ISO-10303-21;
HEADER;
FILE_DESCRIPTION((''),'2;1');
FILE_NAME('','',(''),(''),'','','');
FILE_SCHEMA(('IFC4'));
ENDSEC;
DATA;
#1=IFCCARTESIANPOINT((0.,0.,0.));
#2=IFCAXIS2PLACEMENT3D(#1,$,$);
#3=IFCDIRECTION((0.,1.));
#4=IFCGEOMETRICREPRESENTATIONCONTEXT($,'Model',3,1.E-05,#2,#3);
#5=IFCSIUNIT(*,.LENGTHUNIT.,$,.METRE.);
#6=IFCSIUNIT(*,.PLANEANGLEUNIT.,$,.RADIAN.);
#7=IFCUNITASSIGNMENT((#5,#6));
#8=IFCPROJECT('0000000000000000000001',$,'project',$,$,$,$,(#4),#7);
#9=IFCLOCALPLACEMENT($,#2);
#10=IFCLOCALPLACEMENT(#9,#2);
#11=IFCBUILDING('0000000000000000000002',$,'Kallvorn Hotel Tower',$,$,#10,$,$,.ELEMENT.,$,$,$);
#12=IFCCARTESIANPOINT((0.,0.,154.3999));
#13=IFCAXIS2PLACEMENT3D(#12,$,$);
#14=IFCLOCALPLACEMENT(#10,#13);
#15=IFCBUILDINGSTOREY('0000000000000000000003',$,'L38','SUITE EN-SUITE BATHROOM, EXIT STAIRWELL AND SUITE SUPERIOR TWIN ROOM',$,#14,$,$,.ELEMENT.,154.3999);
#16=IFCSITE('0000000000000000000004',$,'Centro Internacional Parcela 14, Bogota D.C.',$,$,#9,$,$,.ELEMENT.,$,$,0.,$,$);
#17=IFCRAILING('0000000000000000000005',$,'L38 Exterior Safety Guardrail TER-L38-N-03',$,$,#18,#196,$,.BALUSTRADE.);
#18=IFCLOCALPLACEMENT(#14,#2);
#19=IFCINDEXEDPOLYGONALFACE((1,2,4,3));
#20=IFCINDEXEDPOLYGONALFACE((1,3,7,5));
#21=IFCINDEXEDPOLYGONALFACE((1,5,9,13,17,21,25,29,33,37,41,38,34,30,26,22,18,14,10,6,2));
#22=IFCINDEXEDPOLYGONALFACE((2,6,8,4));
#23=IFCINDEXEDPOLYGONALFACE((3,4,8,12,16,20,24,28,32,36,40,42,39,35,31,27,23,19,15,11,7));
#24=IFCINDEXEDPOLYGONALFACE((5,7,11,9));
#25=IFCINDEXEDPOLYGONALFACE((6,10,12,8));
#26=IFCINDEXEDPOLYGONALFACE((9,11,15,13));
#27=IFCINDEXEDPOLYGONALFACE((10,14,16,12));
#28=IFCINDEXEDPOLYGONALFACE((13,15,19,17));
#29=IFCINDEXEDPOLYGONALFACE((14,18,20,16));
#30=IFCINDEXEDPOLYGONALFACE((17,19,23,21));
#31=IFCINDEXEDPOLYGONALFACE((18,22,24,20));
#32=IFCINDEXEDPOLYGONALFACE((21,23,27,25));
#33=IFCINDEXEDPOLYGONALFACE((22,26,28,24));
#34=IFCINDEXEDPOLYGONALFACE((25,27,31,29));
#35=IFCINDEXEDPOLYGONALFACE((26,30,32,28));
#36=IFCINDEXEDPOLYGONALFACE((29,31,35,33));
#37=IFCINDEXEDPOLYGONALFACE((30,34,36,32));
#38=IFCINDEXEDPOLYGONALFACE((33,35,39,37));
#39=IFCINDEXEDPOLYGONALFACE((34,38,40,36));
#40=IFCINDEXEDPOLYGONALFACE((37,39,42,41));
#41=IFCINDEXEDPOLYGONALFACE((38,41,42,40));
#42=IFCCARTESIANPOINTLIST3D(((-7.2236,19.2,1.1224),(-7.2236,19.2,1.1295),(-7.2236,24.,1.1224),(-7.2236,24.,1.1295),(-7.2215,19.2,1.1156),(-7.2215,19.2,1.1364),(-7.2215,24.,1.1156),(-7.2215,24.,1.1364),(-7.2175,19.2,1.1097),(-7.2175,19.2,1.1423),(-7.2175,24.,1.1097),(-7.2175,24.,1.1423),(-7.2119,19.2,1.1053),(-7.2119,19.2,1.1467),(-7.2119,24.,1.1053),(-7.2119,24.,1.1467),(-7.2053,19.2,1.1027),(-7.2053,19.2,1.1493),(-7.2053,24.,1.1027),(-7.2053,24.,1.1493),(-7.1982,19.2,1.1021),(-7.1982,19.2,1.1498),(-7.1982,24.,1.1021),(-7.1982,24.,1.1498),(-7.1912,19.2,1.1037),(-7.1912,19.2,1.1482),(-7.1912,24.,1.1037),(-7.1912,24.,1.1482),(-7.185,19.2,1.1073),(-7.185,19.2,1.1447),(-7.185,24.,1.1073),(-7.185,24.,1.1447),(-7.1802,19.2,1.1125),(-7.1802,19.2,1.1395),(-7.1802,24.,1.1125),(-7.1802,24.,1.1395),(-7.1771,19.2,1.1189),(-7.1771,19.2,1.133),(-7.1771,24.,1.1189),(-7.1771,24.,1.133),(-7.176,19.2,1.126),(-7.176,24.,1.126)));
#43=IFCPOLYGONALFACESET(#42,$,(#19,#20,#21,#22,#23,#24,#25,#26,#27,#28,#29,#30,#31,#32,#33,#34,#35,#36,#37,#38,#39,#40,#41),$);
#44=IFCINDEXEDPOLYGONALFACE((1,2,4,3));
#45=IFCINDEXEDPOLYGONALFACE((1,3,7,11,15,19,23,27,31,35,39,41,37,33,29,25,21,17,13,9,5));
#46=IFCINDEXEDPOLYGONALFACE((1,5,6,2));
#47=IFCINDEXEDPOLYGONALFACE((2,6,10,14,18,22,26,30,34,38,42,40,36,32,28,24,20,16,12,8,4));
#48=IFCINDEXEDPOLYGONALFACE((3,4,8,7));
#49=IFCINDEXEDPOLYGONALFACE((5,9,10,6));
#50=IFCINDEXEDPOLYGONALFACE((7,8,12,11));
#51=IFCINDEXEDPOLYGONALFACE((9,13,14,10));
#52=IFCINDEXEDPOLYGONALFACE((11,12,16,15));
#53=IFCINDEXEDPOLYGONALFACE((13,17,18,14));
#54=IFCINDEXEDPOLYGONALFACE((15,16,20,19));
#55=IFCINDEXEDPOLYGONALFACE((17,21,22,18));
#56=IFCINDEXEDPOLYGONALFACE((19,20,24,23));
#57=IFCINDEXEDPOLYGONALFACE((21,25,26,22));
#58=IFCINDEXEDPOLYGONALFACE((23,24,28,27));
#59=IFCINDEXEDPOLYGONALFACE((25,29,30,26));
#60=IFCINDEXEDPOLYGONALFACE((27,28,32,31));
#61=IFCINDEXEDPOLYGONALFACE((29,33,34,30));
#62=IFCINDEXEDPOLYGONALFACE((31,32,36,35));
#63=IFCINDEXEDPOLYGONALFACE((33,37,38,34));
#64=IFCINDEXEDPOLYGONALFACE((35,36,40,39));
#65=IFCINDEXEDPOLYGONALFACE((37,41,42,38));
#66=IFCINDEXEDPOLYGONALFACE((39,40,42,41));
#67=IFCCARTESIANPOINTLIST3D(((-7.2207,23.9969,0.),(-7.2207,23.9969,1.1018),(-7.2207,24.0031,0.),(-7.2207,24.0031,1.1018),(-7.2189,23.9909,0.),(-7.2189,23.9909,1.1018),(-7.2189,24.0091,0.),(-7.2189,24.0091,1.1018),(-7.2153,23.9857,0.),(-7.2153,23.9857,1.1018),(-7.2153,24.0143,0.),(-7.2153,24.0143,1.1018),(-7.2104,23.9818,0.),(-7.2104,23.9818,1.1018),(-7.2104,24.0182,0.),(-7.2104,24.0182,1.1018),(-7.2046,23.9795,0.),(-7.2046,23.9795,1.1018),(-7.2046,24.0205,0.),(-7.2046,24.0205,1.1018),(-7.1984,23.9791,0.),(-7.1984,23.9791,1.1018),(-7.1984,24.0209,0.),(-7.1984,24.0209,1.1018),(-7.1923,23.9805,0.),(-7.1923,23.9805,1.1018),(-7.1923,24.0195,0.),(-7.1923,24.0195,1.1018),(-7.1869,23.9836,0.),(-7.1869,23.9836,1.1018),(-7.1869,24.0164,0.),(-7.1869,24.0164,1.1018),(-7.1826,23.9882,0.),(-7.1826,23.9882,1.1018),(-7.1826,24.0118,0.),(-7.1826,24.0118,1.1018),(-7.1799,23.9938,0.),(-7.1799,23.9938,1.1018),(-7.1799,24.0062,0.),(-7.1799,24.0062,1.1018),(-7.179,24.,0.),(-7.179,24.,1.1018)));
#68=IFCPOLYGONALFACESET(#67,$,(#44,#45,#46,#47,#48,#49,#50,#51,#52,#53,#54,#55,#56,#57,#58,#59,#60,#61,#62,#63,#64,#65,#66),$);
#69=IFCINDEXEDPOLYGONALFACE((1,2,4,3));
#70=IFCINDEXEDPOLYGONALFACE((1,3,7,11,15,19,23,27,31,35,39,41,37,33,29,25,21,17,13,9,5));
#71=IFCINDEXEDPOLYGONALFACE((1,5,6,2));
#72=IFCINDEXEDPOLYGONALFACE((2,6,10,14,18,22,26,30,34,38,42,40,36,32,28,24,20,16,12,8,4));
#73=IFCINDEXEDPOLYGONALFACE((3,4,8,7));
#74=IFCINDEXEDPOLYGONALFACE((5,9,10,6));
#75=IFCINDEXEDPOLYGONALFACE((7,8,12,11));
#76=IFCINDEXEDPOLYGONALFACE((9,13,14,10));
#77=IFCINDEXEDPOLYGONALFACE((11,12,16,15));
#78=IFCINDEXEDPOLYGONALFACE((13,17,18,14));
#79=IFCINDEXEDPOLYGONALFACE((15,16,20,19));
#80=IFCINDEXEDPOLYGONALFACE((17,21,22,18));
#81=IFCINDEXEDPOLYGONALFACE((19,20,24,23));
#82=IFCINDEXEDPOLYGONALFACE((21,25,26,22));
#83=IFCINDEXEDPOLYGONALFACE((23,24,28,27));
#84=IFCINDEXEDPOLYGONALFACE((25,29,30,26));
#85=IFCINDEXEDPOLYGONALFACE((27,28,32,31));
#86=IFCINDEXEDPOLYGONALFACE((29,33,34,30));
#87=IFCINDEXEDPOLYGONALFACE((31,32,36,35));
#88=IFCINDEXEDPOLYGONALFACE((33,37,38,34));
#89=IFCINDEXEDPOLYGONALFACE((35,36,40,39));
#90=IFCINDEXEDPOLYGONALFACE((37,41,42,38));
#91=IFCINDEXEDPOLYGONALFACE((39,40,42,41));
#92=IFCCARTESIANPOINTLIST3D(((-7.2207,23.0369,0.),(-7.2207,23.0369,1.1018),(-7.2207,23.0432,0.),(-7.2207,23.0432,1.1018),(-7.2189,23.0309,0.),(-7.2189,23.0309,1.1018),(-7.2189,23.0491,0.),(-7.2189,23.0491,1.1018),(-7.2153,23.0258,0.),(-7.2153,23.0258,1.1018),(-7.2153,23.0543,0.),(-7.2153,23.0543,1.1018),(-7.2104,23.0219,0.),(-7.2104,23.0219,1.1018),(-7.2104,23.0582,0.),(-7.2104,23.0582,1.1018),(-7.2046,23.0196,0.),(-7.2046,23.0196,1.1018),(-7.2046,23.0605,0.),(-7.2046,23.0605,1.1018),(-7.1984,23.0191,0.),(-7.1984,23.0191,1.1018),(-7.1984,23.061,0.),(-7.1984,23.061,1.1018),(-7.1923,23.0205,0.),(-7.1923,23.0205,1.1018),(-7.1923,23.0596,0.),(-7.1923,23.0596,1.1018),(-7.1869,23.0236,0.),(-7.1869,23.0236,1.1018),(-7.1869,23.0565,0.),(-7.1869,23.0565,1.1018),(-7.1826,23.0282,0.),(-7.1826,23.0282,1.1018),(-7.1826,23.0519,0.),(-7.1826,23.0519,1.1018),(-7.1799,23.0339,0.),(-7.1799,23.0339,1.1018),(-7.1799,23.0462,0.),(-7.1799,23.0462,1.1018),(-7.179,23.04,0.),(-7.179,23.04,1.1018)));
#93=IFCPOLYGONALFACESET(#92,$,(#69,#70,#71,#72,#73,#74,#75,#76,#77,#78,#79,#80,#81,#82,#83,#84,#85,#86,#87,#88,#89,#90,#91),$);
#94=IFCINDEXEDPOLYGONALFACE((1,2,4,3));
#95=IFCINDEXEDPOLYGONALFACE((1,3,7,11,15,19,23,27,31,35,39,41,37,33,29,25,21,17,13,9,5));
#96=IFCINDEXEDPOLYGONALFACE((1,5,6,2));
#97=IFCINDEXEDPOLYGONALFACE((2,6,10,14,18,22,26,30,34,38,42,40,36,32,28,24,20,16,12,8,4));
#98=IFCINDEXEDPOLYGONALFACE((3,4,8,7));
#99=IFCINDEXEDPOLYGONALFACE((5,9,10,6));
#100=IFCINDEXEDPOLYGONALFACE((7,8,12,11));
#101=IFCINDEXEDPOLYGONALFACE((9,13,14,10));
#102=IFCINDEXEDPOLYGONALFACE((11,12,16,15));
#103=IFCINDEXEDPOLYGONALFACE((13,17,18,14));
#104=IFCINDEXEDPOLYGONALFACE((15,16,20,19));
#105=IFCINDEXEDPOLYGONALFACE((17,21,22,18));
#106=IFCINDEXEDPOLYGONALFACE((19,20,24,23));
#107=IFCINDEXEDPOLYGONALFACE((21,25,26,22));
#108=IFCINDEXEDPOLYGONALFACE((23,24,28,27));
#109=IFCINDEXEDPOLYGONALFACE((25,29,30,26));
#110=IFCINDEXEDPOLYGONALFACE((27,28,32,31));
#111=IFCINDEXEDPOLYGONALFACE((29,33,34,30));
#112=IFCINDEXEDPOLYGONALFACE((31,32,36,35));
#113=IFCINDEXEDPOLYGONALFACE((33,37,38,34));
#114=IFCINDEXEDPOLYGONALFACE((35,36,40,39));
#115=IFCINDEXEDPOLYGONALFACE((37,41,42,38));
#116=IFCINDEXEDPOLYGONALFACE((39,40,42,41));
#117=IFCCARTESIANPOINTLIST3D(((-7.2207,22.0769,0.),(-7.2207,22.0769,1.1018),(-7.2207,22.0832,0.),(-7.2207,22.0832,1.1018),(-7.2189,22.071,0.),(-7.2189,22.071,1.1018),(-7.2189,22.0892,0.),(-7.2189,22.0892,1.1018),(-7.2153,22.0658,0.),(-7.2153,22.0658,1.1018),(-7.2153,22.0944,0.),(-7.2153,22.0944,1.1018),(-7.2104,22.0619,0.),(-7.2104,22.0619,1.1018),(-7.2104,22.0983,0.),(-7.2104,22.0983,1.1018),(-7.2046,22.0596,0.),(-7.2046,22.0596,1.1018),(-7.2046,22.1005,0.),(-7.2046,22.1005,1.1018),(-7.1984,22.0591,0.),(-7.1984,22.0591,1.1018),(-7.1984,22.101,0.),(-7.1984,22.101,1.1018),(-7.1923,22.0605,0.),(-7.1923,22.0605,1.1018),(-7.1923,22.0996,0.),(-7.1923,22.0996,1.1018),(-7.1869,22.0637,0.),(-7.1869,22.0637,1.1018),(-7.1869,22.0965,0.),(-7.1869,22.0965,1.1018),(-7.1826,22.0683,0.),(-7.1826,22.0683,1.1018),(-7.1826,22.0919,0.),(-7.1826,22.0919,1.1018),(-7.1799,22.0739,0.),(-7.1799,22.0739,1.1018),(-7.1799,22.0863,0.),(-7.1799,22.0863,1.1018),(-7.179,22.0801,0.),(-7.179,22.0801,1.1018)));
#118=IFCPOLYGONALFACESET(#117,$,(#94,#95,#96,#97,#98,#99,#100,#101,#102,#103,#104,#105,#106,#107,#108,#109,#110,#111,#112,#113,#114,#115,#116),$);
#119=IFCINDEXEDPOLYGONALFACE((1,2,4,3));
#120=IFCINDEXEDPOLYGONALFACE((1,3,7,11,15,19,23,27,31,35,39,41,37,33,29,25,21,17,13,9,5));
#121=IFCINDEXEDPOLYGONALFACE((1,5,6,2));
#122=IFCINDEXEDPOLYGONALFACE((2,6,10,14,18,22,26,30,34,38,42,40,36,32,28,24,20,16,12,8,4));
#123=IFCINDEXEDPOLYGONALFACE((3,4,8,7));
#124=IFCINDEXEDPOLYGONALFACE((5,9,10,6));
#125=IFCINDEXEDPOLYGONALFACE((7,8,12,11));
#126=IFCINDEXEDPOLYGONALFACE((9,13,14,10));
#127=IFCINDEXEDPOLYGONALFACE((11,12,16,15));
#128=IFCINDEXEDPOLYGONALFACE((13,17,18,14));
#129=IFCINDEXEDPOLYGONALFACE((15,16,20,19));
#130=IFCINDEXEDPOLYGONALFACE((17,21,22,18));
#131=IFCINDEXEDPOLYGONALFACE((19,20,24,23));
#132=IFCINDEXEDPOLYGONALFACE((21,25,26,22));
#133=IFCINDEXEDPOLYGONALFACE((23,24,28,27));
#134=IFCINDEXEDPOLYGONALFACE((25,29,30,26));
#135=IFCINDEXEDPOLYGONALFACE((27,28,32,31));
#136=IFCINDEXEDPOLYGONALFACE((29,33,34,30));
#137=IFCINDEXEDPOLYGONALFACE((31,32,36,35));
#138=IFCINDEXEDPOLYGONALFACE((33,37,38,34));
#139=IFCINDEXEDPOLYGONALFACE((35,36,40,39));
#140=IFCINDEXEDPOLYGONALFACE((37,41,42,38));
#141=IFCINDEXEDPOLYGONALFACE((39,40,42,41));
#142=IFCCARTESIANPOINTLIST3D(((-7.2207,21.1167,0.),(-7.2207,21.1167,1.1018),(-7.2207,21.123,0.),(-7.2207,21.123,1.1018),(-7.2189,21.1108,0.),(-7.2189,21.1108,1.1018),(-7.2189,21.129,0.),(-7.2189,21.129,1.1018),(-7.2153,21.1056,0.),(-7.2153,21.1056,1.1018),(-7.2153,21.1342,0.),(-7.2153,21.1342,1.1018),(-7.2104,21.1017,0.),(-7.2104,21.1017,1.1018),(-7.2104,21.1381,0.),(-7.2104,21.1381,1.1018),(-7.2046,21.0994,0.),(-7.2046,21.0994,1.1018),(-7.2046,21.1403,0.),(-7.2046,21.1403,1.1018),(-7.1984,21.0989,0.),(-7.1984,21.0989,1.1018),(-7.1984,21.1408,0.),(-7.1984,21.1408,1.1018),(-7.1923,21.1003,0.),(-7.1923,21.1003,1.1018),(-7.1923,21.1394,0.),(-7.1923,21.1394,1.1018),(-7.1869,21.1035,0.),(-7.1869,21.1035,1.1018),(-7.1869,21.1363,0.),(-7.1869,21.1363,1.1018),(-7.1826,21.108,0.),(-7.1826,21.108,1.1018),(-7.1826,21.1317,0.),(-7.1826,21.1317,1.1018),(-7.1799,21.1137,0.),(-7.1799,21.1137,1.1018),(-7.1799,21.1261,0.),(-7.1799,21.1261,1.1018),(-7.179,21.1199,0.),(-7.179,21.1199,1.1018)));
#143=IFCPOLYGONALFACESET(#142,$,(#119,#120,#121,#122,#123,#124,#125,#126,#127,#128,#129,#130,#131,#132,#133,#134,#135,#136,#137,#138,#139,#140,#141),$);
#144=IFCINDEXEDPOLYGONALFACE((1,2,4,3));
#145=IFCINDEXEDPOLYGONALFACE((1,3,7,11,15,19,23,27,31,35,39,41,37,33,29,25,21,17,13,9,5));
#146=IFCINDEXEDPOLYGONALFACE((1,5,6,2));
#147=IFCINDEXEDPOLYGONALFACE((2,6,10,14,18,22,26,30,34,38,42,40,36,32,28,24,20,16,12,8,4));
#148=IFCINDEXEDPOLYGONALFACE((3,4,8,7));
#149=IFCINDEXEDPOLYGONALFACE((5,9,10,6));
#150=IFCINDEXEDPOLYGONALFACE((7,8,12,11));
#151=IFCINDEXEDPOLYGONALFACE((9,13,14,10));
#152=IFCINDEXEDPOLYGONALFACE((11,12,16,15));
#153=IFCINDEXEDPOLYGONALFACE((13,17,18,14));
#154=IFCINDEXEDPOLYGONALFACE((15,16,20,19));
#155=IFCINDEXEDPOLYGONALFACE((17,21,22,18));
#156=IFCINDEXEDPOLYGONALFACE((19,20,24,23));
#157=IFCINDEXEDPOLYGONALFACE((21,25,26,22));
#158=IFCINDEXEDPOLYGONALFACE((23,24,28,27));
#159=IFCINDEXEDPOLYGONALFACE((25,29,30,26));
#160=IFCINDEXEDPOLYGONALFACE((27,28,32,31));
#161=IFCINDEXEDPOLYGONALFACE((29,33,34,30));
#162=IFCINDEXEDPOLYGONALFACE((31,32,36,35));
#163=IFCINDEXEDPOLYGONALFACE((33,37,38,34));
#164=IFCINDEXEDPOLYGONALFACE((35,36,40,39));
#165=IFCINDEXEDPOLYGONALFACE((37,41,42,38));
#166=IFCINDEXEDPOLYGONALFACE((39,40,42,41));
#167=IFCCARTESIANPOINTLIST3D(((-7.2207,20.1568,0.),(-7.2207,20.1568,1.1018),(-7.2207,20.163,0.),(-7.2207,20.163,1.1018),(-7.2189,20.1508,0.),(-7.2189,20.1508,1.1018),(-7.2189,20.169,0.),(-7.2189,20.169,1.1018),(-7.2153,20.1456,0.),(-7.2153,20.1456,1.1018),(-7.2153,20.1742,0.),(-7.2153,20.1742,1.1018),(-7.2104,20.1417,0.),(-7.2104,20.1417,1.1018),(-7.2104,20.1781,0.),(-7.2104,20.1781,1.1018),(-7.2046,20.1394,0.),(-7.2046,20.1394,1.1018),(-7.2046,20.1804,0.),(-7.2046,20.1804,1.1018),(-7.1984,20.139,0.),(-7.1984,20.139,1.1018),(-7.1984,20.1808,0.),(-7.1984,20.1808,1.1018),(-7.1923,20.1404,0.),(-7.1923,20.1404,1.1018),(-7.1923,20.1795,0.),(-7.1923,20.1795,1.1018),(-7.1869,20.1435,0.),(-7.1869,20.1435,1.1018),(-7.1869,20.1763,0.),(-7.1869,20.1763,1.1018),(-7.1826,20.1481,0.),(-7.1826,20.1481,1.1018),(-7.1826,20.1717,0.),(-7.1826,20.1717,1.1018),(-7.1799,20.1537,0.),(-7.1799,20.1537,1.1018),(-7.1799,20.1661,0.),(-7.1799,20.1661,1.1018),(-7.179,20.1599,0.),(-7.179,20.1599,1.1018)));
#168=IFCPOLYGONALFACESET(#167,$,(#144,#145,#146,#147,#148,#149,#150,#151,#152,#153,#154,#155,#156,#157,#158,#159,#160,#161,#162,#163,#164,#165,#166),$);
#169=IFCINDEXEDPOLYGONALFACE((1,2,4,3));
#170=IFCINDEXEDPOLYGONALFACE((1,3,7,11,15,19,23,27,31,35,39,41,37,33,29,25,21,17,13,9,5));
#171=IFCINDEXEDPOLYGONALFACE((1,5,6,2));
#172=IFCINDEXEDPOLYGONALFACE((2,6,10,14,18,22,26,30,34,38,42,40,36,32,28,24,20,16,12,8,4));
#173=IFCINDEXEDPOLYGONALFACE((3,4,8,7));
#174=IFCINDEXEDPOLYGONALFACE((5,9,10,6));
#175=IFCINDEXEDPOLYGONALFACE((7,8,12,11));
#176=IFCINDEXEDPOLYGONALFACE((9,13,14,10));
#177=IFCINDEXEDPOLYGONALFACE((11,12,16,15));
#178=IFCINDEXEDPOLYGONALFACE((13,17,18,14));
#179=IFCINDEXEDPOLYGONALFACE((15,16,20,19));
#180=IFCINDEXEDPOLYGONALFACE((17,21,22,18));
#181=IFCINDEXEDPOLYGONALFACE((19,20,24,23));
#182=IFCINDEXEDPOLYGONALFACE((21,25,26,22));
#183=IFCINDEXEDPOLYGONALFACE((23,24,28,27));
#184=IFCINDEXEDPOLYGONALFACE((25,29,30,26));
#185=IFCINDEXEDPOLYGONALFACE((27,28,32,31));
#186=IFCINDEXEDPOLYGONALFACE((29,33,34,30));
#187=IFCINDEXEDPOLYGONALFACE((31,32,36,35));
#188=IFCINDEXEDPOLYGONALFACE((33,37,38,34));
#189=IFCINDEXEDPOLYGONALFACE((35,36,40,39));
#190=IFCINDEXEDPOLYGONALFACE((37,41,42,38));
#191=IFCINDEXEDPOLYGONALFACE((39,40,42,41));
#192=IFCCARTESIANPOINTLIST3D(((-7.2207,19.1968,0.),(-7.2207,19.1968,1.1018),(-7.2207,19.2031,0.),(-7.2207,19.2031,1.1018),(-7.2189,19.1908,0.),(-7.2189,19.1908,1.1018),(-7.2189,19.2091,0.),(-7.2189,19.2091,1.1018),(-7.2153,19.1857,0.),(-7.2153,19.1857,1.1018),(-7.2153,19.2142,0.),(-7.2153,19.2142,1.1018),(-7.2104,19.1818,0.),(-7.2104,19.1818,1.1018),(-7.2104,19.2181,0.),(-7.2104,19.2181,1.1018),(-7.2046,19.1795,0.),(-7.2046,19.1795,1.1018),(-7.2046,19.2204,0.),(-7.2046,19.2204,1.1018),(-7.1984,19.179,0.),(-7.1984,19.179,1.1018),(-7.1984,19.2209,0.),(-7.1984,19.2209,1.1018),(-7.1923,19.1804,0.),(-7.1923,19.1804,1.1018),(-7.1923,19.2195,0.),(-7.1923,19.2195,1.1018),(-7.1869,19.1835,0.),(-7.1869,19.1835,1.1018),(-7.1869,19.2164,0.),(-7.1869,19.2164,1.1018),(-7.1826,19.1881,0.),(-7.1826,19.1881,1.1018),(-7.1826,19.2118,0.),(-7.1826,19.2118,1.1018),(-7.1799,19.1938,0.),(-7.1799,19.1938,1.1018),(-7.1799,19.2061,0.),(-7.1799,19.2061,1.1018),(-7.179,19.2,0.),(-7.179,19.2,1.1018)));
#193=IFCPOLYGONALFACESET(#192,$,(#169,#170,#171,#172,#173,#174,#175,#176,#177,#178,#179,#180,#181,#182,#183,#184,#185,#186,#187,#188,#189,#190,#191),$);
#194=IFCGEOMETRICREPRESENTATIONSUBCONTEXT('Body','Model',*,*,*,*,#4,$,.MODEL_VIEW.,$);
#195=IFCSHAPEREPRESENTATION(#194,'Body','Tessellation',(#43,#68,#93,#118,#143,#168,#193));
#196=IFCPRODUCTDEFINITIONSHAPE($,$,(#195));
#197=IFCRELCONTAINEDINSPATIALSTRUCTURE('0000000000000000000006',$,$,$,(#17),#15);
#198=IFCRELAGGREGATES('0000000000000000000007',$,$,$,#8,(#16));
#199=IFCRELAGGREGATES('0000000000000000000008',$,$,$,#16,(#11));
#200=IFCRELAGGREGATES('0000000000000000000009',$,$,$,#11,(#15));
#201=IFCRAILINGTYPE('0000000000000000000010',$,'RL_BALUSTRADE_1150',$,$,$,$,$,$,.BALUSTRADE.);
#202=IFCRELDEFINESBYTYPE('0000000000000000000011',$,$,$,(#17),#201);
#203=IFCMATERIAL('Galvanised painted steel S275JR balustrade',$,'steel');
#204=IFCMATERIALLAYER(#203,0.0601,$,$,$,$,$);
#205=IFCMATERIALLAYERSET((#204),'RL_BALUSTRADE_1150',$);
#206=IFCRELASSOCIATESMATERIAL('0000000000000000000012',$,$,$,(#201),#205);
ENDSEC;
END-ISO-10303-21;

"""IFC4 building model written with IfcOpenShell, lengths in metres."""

from ifc_helpers import new_model, si_unit, direction, frame, origin, origin_2d, place, context, subcontext, project, spatial, circle, extrude, material, layer, layer_set, type_object, element, save


model = new_model("IFC4")

# Units and contexts
model_context = context("Model", 3, precision=1e-05, world=origin(), true_north=direction((0.0, 1.0)))
body_context = subcontext(model_context, "Body", "Model", "MODEL_VIEW")
ifc_project = project(units=[si_unit("LENGTHUNIT", "METRE"), si_unit("PLANEANGLEUNIT", "RADIAN")], contexts=[model_context])

# Site, building, storey
site_placement = place(None, origin())
site = spatial("IfcSite", under=ifc_project, at=site_placement, Name="Centro Internacional Parcela 14, Bogota D.C.", CompositionType="ELEMENT", RefElevation=0.0)
building_placement = place(site_placement, origin())
building = spatial("IfcBuilding", under=site, at=building_placement, Name="Kallvorn Hotel Tower", CompositionType="ELEMENT")
storey_placement = place(building_placement, frame((0.0, 0.0, 154.3999)))
storey = spatial("IfcBuildingStorey", under=building, at=storey_placement, Name="L38", Description="SUITE EN-SUITE BATHROOM, EXIT STAIRWELL AND SUITE SUPERIOR TWIN ROOM", CompositionType="ELEMENT", Elevation=154.3999)

# Railing
ifc_material_1 = material(Name="Galvanised painted steel S275JR balustrade", Category="steel")
ifc_layer_1 = layer(ifc_material_1, 0.0601)
ifc_layer_set_1 = layer_set([ifc_layer_1], Name="RL_BALUSTRADE_1150")
railing_type = type_object("IfcRailingType", Name="RL_BALUSTRADE_1150", PredefinedType="BALUSTRADE", material=ifc_layer_set_1)
railing_placement = place(storey_placement, frame((-7.2, 24.0, 0.0)))
element("IfcRailing", 1, at=railing_placement, inside=storey, type_object=railing_type, Name="L38 Exterior Safety Guardrail TER-L38-N-03", PredefinedType="BALUSTRADE", context=body_context, shape_type="SweptSolid", body=[
    extrude(circle(Radius=0.0239, at=origin_2d()), frame((0.0, 0.0, 1.126), z_axis=(0.0, -1.0, 0.0), x_axis=(1.0, 0.0, 0.0)), (0.0, 0.0, 1.0), 4.8),
    extrude(circle(Radius=0.021, at=origin_2d()), origin(), (0.0, 0.0, 1.0), 1.1018),
    extrude(circle(Radius=0.021, at=origin_2d()), frame((0.0, -0.96, 0.0)), (0.0, 0.0, 1.0), 1.1018),
    extrude(circle(Radius=0.021, at=origin_2d()), frame((0.0, -1.9199, 0.0)), (0.0, 0.0, 1.0), 1.1018),
    extrude(circle(Radius=0.021, at=origin_2d()), frame((0.0, -2.8801, 0.0)), (0.0, 0.0, 1.0), 1.1018),
    extrude(circle(Radius=0.021, at=origin_2d()), frame((0.0, -3.8401, 0.0)), (0.0, 0.0, 1.0), 1.1018),
    extrude(circle(Radius=0.021, at=origin_2d()), frame((0.0, -4.8, 0.0)), (0.0, 0.0, 1.0), 1.1018),
])

save(model, "model.ifc")
